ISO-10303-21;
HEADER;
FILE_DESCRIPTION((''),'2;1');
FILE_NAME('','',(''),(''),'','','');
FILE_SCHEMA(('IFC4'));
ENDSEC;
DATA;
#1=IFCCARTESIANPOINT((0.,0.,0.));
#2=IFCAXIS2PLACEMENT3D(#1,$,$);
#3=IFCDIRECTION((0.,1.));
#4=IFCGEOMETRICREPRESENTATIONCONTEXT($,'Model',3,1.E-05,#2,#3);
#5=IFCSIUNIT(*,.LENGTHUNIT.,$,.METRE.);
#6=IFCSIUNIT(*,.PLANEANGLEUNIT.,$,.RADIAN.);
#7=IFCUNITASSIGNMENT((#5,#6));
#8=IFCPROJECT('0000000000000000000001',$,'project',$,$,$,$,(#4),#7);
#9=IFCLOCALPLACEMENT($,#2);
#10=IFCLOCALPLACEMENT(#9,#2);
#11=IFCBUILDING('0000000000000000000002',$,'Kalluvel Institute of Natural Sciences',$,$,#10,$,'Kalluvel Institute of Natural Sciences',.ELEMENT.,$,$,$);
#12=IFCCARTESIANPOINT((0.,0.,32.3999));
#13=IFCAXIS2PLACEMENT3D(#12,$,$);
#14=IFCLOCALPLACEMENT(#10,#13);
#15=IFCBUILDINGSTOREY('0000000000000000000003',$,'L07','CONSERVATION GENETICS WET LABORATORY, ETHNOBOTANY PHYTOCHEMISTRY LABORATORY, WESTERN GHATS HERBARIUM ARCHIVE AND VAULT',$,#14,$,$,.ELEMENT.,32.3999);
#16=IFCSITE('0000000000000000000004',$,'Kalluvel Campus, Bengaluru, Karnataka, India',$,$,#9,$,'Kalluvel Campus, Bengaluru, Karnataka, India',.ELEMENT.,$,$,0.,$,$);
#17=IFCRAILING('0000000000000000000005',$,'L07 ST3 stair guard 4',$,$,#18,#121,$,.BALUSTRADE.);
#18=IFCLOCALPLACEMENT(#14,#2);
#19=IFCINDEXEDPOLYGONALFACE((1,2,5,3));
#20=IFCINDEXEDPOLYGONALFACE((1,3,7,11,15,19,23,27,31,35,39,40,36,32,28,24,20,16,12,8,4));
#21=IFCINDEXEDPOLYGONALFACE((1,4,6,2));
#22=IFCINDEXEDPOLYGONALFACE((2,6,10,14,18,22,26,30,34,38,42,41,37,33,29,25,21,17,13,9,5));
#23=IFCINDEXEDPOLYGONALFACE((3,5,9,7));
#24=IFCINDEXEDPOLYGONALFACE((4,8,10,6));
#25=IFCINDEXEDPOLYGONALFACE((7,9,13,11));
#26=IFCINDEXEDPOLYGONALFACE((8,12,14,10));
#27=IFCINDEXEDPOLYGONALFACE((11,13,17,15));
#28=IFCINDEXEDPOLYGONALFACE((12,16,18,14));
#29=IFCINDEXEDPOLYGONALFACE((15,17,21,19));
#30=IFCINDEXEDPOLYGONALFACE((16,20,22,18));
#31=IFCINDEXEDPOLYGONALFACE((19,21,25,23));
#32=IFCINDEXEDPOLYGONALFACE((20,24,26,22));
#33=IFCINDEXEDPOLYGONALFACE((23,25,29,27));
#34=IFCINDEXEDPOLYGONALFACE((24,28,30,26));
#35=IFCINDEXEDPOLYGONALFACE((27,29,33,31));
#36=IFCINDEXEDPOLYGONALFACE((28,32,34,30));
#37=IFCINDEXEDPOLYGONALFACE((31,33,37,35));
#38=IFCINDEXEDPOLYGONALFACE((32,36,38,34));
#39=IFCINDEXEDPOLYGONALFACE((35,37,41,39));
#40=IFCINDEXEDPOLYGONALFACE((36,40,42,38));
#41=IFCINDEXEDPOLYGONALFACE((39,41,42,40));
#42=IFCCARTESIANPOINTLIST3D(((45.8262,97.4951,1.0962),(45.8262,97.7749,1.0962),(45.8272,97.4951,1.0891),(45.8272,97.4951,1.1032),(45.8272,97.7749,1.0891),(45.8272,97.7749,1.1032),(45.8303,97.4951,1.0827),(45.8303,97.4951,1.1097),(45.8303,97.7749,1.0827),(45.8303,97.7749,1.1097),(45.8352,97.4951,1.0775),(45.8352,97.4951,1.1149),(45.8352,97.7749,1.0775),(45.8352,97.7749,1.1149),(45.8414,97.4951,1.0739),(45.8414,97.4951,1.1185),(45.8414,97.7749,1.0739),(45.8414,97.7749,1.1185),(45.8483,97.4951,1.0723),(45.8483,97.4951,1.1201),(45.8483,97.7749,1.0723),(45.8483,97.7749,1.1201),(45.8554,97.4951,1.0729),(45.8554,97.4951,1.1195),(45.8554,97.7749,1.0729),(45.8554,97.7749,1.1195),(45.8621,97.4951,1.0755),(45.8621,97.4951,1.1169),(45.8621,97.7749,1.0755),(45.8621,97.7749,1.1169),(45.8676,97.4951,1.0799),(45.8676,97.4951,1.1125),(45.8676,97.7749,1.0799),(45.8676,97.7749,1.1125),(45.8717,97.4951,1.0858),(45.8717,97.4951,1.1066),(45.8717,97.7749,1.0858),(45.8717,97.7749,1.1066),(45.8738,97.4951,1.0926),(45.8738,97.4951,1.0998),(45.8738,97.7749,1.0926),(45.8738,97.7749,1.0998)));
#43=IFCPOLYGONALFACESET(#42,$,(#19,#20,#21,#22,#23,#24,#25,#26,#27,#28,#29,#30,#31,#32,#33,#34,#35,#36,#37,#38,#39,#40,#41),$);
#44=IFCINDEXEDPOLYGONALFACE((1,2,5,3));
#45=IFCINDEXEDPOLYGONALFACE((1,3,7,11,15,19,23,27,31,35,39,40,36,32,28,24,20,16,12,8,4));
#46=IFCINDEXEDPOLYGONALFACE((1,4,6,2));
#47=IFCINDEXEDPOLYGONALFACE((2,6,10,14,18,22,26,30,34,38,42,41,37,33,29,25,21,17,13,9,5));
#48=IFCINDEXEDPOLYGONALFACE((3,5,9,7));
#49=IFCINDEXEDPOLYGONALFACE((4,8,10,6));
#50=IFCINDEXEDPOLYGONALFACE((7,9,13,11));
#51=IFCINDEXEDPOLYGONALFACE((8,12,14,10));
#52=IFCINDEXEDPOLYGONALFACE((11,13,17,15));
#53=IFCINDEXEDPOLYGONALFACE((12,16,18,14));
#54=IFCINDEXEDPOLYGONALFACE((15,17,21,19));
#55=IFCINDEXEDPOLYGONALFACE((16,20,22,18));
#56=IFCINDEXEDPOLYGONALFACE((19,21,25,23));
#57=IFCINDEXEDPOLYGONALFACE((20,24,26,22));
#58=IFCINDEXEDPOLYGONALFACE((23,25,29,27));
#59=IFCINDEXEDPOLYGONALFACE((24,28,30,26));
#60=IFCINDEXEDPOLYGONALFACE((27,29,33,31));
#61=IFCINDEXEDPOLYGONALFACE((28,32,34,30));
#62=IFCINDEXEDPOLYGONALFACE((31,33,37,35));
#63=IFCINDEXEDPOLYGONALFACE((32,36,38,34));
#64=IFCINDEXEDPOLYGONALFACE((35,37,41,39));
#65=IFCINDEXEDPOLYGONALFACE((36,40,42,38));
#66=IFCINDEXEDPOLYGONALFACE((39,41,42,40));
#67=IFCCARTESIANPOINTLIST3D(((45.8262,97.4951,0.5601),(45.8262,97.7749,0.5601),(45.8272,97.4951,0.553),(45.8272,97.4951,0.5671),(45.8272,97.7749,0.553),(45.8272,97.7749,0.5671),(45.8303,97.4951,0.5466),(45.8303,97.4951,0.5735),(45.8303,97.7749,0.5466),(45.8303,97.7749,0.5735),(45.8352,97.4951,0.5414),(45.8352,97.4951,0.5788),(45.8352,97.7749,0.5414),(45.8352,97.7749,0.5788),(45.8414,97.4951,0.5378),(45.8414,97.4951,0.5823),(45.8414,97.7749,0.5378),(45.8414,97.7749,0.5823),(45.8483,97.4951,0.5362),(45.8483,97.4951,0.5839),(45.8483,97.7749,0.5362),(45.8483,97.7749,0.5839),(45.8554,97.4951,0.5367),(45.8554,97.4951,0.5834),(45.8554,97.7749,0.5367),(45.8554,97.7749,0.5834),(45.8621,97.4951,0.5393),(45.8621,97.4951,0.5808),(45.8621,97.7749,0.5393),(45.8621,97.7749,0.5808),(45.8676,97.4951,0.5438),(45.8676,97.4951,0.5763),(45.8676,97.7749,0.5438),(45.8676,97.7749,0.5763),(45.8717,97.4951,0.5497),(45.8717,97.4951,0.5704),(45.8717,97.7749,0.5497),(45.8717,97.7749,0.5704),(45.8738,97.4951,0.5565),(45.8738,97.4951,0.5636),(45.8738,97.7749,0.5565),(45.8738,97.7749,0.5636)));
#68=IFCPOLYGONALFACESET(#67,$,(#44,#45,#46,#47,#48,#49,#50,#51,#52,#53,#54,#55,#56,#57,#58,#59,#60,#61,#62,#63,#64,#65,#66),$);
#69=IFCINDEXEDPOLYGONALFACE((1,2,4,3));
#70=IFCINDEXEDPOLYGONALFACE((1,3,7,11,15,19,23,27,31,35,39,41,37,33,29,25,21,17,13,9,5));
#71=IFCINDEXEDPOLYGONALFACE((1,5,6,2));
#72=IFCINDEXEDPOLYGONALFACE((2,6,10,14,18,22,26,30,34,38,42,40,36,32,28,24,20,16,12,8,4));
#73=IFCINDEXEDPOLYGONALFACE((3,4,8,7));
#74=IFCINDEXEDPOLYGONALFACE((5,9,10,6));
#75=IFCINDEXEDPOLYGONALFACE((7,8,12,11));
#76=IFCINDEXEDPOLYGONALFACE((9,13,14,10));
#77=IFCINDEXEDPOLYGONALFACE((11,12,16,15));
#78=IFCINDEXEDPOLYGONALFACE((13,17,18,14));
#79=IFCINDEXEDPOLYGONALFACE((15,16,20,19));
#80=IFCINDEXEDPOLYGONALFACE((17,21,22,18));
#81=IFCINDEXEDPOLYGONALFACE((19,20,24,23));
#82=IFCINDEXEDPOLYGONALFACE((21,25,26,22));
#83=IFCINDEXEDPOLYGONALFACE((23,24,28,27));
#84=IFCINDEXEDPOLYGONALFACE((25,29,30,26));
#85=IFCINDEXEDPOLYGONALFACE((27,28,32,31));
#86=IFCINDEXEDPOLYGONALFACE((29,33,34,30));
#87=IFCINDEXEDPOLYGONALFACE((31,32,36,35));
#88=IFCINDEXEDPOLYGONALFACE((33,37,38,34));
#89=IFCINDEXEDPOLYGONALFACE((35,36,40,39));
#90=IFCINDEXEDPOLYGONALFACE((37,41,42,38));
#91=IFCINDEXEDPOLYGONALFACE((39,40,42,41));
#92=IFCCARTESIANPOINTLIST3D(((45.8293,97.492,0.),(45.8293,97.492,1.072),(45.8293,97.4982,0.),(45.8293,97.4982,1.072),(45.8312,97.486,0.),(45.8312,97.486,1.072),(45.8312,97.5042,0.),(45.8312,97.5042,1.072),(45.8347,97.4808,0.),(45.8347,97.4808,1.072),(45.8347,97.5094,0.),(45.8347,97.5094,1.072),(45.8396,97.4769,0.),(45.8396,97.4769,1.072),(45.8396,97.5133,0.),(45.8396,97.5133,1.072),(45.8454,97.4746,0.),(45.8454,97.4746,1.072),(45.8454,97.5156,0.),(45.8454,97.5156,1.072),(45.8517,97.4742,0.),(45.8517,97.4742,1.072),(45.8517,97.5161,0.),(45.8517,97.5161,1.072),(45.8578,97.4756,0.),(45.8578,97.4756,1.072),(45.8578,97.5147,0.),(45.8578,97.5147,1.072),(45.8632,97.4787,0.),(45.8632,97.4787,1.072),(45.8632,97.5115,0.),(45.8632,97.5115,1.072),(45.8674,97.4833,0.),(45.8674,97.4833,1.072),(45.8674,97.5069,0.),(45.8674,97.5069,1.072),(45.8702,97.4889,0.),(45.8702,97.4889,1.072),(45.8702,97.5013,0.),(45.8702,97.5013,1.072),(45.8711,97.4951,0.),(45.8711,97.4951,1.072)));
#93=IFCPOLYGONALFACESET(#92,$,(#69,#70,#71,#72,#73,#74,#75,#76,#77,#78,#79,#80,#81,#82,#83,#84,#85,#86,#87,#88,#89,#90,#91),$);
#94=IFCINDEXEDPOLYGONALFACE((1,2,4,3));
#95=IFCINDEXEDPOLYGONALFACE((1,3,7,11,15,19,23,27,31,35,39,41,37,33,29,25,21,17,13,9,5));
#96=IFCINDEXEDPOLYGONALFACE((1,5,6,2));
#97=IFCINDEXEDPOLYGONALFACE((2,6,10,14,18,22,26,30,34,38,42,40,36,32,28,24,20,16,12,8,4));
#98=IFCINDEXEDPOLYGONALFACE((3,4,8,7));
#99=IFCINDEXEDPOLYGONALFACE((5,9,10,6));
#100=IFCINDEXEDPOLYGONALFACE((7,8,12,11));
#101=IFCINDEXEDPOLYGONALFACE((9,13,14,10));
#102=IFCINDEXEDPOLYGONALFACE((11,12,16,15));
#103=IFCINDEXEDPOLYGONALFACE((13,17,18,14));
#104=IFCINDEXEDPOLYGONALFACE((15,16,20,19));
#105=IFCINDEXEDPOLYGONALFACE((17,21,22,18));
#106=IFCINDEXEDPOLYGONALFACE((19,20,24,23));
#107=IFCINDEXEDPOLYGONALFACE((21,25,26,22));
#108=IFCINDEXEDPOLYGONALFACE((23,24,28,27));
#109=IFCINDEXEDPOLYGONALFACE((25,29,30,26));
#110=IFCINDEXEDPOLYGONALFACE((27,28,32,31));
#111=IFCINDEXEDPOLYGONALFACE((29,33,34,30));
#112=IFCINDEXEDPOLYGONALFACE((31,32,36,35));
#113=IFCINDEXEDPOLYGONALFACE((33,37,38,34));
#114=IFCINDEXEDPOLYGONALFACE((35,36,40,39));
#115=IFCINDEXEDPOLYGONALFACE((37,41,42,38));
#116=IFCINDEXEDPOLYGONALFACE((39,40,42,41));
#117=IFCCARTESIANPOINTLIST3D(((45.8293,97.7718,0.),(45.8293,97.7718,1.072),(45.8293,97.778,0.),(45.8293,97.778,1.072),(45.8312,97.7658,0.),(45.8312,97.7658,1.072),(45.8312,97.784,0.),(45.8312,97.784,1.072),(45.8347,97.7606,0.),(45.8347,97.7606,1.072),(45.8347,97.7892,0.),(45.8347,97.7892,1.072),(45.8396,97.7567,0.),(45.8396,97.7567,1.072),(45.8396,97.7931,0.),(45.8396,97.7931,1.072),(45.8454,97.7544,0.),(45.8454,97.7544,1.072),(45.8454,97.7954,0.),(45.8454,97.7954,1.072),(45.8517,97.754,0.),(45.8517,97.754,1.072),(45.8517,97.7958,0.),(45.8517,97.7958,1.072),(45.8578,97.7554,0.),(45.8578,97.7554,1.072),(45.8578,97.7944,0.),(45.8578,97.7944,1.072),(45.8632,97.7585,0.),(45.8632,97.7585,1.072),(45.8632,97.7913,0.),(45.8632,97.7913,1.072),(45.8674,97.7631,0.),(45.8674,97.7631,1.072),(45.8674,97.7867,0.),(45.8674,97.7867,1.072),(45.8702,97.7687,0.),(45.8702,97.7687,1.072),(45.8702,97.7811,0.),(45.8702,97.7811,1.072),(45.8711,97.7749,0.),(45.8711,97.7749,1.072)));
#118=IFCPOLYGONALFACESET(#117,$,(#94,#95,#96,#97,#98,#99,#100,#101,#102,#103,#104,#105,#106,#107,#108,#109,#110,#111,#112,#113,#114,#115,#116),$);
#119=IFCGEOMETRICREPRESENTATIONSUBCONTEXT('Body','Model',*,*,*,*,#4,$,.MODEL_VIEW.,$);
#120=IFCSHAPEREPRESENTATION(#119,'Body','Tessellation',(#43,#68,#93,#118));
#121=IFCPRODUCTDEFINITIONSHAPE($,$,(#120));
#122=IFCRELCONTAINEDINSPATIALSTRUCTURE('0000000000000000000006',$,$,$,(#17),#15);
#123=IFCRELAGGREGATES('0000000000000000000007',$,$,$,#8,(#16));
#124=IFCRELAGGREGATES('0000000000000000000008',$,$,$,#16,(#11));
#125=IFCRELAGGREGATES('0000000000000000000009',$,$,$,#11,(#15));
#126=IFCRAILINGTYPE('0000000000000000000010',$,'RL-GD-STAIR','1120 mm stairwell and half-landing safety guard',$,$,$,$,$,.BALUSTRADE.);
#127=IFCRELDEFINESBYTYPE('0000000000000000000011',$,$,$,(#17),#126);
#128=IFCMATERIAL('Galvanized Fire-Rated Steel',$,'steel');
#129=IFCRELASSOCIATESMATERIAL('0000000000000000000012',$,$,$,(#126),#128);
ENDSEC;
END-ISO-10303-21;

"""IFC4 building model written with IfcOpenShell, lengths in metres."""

from ifc_helpers import new_model, si_unit, direction, frame, origin, origin_2d, place, context, subcontext, project, spatial, circle, extrude, material, type_object, element, save


model = new_model("IFC4")

# Units and contexts
model_context = context("Model", 3, precision=1e-05, world=origin(), true_north=direction((0.0, 1.0)))
body_context = subcontext(model_context, "Body", "Model", "MODEL_VIEW")
ifc_project = project(units=[si_unit("LENGTHUNIT", "METRE"), si_unit("PLANEANGLEUNIT", "RADIAN")], contexts=[model_context])

# Site, building, storey
site_placement = place(None, origin())
site = spatial("IfcSite", under=ifc_project, at=site_placement, Name="Kalluvel Campus, Bengaluru, Karnataka, India", LongName="Kalluvel Campus, Bengaluru, Karnataka, India", CompositionType="ELEMENT", RefElevation=0.0)
building_placement = place(site_placement, origin())
building = spatial("IfcBuilding", under=site, at=building_placement, Name="Kalluvel Institute of Natural Sciences", LongName="Kalluvel Institute of Natural Sciences", CompositionType="ELEMENT")
storey_placement = place(building_placement, frame((0.0, 0.0, 32.3999)))
storey = spatial("IfcBuildingStorey", under=building, at=storey_placement, Name="L07", Description="CONSERVATION GENETICS WET LABORATORY, ETHNOBOTANY PHYTOCHEMISTRY LABORATORY, WESTERN GHATS HERBARIUM ARCHIVE AND VAULT", CompositionType="ELEMENT", Elevation=32.3999)

# Shared definitions
ifc_material_1 = material(Name="Galvanized Fire-Rated Steel", Category="steel")

# Railing
railing_type_1 = type_object("IfcRailingType", Name="RL-GD-STAIR", Description="1120 mm stairwell and half-landing safety guard", PredefinedType="BALUSTRADE", material=ifc_material_1)
railing_1_placement = place(storey_placement, frame((45.8501, 97.4951, 0.0)))
element("IfcRailing", 1, at=railing_1_placement, inside=storey, type_object=railing_type_1, Name="L07 ST3 stair guard 4", PredefinedType="BALUSTRADE", context=body_context, shape_type="SweptSolid", body=[
    extrude(circle(Radius=0.0239, at=origin_2d()), frame((0.0, 0.0, 1.0962), z_axis=(0.0, 1.0, 0.0), x_axis=(-1.0, 0.0, 0.0)), (0.0, 0.0, 1.0), 0.2798),
    extrude(circle(Radius=0.0239, at=origin_2d()), frame((0.0, 0.0, 0.5601), z_axis=(0.0, 1.0, 0.0), x_axis=(-1.0, 0.0, 0.0)), (0.0, 0.0, 1.0), 0.2798),
    extrude(circle(Radius=0.021, at=origin_2d()), origin(), (0.0, 0.0, 1.0), 1.072),
    extrude(circle(Radius=0.021, at=origin_2d()), frame((0.0, 0.2798, 0.0)), (0.0, 0.0, 1.0), 1.072),
])

save(model, "model.ifc")
